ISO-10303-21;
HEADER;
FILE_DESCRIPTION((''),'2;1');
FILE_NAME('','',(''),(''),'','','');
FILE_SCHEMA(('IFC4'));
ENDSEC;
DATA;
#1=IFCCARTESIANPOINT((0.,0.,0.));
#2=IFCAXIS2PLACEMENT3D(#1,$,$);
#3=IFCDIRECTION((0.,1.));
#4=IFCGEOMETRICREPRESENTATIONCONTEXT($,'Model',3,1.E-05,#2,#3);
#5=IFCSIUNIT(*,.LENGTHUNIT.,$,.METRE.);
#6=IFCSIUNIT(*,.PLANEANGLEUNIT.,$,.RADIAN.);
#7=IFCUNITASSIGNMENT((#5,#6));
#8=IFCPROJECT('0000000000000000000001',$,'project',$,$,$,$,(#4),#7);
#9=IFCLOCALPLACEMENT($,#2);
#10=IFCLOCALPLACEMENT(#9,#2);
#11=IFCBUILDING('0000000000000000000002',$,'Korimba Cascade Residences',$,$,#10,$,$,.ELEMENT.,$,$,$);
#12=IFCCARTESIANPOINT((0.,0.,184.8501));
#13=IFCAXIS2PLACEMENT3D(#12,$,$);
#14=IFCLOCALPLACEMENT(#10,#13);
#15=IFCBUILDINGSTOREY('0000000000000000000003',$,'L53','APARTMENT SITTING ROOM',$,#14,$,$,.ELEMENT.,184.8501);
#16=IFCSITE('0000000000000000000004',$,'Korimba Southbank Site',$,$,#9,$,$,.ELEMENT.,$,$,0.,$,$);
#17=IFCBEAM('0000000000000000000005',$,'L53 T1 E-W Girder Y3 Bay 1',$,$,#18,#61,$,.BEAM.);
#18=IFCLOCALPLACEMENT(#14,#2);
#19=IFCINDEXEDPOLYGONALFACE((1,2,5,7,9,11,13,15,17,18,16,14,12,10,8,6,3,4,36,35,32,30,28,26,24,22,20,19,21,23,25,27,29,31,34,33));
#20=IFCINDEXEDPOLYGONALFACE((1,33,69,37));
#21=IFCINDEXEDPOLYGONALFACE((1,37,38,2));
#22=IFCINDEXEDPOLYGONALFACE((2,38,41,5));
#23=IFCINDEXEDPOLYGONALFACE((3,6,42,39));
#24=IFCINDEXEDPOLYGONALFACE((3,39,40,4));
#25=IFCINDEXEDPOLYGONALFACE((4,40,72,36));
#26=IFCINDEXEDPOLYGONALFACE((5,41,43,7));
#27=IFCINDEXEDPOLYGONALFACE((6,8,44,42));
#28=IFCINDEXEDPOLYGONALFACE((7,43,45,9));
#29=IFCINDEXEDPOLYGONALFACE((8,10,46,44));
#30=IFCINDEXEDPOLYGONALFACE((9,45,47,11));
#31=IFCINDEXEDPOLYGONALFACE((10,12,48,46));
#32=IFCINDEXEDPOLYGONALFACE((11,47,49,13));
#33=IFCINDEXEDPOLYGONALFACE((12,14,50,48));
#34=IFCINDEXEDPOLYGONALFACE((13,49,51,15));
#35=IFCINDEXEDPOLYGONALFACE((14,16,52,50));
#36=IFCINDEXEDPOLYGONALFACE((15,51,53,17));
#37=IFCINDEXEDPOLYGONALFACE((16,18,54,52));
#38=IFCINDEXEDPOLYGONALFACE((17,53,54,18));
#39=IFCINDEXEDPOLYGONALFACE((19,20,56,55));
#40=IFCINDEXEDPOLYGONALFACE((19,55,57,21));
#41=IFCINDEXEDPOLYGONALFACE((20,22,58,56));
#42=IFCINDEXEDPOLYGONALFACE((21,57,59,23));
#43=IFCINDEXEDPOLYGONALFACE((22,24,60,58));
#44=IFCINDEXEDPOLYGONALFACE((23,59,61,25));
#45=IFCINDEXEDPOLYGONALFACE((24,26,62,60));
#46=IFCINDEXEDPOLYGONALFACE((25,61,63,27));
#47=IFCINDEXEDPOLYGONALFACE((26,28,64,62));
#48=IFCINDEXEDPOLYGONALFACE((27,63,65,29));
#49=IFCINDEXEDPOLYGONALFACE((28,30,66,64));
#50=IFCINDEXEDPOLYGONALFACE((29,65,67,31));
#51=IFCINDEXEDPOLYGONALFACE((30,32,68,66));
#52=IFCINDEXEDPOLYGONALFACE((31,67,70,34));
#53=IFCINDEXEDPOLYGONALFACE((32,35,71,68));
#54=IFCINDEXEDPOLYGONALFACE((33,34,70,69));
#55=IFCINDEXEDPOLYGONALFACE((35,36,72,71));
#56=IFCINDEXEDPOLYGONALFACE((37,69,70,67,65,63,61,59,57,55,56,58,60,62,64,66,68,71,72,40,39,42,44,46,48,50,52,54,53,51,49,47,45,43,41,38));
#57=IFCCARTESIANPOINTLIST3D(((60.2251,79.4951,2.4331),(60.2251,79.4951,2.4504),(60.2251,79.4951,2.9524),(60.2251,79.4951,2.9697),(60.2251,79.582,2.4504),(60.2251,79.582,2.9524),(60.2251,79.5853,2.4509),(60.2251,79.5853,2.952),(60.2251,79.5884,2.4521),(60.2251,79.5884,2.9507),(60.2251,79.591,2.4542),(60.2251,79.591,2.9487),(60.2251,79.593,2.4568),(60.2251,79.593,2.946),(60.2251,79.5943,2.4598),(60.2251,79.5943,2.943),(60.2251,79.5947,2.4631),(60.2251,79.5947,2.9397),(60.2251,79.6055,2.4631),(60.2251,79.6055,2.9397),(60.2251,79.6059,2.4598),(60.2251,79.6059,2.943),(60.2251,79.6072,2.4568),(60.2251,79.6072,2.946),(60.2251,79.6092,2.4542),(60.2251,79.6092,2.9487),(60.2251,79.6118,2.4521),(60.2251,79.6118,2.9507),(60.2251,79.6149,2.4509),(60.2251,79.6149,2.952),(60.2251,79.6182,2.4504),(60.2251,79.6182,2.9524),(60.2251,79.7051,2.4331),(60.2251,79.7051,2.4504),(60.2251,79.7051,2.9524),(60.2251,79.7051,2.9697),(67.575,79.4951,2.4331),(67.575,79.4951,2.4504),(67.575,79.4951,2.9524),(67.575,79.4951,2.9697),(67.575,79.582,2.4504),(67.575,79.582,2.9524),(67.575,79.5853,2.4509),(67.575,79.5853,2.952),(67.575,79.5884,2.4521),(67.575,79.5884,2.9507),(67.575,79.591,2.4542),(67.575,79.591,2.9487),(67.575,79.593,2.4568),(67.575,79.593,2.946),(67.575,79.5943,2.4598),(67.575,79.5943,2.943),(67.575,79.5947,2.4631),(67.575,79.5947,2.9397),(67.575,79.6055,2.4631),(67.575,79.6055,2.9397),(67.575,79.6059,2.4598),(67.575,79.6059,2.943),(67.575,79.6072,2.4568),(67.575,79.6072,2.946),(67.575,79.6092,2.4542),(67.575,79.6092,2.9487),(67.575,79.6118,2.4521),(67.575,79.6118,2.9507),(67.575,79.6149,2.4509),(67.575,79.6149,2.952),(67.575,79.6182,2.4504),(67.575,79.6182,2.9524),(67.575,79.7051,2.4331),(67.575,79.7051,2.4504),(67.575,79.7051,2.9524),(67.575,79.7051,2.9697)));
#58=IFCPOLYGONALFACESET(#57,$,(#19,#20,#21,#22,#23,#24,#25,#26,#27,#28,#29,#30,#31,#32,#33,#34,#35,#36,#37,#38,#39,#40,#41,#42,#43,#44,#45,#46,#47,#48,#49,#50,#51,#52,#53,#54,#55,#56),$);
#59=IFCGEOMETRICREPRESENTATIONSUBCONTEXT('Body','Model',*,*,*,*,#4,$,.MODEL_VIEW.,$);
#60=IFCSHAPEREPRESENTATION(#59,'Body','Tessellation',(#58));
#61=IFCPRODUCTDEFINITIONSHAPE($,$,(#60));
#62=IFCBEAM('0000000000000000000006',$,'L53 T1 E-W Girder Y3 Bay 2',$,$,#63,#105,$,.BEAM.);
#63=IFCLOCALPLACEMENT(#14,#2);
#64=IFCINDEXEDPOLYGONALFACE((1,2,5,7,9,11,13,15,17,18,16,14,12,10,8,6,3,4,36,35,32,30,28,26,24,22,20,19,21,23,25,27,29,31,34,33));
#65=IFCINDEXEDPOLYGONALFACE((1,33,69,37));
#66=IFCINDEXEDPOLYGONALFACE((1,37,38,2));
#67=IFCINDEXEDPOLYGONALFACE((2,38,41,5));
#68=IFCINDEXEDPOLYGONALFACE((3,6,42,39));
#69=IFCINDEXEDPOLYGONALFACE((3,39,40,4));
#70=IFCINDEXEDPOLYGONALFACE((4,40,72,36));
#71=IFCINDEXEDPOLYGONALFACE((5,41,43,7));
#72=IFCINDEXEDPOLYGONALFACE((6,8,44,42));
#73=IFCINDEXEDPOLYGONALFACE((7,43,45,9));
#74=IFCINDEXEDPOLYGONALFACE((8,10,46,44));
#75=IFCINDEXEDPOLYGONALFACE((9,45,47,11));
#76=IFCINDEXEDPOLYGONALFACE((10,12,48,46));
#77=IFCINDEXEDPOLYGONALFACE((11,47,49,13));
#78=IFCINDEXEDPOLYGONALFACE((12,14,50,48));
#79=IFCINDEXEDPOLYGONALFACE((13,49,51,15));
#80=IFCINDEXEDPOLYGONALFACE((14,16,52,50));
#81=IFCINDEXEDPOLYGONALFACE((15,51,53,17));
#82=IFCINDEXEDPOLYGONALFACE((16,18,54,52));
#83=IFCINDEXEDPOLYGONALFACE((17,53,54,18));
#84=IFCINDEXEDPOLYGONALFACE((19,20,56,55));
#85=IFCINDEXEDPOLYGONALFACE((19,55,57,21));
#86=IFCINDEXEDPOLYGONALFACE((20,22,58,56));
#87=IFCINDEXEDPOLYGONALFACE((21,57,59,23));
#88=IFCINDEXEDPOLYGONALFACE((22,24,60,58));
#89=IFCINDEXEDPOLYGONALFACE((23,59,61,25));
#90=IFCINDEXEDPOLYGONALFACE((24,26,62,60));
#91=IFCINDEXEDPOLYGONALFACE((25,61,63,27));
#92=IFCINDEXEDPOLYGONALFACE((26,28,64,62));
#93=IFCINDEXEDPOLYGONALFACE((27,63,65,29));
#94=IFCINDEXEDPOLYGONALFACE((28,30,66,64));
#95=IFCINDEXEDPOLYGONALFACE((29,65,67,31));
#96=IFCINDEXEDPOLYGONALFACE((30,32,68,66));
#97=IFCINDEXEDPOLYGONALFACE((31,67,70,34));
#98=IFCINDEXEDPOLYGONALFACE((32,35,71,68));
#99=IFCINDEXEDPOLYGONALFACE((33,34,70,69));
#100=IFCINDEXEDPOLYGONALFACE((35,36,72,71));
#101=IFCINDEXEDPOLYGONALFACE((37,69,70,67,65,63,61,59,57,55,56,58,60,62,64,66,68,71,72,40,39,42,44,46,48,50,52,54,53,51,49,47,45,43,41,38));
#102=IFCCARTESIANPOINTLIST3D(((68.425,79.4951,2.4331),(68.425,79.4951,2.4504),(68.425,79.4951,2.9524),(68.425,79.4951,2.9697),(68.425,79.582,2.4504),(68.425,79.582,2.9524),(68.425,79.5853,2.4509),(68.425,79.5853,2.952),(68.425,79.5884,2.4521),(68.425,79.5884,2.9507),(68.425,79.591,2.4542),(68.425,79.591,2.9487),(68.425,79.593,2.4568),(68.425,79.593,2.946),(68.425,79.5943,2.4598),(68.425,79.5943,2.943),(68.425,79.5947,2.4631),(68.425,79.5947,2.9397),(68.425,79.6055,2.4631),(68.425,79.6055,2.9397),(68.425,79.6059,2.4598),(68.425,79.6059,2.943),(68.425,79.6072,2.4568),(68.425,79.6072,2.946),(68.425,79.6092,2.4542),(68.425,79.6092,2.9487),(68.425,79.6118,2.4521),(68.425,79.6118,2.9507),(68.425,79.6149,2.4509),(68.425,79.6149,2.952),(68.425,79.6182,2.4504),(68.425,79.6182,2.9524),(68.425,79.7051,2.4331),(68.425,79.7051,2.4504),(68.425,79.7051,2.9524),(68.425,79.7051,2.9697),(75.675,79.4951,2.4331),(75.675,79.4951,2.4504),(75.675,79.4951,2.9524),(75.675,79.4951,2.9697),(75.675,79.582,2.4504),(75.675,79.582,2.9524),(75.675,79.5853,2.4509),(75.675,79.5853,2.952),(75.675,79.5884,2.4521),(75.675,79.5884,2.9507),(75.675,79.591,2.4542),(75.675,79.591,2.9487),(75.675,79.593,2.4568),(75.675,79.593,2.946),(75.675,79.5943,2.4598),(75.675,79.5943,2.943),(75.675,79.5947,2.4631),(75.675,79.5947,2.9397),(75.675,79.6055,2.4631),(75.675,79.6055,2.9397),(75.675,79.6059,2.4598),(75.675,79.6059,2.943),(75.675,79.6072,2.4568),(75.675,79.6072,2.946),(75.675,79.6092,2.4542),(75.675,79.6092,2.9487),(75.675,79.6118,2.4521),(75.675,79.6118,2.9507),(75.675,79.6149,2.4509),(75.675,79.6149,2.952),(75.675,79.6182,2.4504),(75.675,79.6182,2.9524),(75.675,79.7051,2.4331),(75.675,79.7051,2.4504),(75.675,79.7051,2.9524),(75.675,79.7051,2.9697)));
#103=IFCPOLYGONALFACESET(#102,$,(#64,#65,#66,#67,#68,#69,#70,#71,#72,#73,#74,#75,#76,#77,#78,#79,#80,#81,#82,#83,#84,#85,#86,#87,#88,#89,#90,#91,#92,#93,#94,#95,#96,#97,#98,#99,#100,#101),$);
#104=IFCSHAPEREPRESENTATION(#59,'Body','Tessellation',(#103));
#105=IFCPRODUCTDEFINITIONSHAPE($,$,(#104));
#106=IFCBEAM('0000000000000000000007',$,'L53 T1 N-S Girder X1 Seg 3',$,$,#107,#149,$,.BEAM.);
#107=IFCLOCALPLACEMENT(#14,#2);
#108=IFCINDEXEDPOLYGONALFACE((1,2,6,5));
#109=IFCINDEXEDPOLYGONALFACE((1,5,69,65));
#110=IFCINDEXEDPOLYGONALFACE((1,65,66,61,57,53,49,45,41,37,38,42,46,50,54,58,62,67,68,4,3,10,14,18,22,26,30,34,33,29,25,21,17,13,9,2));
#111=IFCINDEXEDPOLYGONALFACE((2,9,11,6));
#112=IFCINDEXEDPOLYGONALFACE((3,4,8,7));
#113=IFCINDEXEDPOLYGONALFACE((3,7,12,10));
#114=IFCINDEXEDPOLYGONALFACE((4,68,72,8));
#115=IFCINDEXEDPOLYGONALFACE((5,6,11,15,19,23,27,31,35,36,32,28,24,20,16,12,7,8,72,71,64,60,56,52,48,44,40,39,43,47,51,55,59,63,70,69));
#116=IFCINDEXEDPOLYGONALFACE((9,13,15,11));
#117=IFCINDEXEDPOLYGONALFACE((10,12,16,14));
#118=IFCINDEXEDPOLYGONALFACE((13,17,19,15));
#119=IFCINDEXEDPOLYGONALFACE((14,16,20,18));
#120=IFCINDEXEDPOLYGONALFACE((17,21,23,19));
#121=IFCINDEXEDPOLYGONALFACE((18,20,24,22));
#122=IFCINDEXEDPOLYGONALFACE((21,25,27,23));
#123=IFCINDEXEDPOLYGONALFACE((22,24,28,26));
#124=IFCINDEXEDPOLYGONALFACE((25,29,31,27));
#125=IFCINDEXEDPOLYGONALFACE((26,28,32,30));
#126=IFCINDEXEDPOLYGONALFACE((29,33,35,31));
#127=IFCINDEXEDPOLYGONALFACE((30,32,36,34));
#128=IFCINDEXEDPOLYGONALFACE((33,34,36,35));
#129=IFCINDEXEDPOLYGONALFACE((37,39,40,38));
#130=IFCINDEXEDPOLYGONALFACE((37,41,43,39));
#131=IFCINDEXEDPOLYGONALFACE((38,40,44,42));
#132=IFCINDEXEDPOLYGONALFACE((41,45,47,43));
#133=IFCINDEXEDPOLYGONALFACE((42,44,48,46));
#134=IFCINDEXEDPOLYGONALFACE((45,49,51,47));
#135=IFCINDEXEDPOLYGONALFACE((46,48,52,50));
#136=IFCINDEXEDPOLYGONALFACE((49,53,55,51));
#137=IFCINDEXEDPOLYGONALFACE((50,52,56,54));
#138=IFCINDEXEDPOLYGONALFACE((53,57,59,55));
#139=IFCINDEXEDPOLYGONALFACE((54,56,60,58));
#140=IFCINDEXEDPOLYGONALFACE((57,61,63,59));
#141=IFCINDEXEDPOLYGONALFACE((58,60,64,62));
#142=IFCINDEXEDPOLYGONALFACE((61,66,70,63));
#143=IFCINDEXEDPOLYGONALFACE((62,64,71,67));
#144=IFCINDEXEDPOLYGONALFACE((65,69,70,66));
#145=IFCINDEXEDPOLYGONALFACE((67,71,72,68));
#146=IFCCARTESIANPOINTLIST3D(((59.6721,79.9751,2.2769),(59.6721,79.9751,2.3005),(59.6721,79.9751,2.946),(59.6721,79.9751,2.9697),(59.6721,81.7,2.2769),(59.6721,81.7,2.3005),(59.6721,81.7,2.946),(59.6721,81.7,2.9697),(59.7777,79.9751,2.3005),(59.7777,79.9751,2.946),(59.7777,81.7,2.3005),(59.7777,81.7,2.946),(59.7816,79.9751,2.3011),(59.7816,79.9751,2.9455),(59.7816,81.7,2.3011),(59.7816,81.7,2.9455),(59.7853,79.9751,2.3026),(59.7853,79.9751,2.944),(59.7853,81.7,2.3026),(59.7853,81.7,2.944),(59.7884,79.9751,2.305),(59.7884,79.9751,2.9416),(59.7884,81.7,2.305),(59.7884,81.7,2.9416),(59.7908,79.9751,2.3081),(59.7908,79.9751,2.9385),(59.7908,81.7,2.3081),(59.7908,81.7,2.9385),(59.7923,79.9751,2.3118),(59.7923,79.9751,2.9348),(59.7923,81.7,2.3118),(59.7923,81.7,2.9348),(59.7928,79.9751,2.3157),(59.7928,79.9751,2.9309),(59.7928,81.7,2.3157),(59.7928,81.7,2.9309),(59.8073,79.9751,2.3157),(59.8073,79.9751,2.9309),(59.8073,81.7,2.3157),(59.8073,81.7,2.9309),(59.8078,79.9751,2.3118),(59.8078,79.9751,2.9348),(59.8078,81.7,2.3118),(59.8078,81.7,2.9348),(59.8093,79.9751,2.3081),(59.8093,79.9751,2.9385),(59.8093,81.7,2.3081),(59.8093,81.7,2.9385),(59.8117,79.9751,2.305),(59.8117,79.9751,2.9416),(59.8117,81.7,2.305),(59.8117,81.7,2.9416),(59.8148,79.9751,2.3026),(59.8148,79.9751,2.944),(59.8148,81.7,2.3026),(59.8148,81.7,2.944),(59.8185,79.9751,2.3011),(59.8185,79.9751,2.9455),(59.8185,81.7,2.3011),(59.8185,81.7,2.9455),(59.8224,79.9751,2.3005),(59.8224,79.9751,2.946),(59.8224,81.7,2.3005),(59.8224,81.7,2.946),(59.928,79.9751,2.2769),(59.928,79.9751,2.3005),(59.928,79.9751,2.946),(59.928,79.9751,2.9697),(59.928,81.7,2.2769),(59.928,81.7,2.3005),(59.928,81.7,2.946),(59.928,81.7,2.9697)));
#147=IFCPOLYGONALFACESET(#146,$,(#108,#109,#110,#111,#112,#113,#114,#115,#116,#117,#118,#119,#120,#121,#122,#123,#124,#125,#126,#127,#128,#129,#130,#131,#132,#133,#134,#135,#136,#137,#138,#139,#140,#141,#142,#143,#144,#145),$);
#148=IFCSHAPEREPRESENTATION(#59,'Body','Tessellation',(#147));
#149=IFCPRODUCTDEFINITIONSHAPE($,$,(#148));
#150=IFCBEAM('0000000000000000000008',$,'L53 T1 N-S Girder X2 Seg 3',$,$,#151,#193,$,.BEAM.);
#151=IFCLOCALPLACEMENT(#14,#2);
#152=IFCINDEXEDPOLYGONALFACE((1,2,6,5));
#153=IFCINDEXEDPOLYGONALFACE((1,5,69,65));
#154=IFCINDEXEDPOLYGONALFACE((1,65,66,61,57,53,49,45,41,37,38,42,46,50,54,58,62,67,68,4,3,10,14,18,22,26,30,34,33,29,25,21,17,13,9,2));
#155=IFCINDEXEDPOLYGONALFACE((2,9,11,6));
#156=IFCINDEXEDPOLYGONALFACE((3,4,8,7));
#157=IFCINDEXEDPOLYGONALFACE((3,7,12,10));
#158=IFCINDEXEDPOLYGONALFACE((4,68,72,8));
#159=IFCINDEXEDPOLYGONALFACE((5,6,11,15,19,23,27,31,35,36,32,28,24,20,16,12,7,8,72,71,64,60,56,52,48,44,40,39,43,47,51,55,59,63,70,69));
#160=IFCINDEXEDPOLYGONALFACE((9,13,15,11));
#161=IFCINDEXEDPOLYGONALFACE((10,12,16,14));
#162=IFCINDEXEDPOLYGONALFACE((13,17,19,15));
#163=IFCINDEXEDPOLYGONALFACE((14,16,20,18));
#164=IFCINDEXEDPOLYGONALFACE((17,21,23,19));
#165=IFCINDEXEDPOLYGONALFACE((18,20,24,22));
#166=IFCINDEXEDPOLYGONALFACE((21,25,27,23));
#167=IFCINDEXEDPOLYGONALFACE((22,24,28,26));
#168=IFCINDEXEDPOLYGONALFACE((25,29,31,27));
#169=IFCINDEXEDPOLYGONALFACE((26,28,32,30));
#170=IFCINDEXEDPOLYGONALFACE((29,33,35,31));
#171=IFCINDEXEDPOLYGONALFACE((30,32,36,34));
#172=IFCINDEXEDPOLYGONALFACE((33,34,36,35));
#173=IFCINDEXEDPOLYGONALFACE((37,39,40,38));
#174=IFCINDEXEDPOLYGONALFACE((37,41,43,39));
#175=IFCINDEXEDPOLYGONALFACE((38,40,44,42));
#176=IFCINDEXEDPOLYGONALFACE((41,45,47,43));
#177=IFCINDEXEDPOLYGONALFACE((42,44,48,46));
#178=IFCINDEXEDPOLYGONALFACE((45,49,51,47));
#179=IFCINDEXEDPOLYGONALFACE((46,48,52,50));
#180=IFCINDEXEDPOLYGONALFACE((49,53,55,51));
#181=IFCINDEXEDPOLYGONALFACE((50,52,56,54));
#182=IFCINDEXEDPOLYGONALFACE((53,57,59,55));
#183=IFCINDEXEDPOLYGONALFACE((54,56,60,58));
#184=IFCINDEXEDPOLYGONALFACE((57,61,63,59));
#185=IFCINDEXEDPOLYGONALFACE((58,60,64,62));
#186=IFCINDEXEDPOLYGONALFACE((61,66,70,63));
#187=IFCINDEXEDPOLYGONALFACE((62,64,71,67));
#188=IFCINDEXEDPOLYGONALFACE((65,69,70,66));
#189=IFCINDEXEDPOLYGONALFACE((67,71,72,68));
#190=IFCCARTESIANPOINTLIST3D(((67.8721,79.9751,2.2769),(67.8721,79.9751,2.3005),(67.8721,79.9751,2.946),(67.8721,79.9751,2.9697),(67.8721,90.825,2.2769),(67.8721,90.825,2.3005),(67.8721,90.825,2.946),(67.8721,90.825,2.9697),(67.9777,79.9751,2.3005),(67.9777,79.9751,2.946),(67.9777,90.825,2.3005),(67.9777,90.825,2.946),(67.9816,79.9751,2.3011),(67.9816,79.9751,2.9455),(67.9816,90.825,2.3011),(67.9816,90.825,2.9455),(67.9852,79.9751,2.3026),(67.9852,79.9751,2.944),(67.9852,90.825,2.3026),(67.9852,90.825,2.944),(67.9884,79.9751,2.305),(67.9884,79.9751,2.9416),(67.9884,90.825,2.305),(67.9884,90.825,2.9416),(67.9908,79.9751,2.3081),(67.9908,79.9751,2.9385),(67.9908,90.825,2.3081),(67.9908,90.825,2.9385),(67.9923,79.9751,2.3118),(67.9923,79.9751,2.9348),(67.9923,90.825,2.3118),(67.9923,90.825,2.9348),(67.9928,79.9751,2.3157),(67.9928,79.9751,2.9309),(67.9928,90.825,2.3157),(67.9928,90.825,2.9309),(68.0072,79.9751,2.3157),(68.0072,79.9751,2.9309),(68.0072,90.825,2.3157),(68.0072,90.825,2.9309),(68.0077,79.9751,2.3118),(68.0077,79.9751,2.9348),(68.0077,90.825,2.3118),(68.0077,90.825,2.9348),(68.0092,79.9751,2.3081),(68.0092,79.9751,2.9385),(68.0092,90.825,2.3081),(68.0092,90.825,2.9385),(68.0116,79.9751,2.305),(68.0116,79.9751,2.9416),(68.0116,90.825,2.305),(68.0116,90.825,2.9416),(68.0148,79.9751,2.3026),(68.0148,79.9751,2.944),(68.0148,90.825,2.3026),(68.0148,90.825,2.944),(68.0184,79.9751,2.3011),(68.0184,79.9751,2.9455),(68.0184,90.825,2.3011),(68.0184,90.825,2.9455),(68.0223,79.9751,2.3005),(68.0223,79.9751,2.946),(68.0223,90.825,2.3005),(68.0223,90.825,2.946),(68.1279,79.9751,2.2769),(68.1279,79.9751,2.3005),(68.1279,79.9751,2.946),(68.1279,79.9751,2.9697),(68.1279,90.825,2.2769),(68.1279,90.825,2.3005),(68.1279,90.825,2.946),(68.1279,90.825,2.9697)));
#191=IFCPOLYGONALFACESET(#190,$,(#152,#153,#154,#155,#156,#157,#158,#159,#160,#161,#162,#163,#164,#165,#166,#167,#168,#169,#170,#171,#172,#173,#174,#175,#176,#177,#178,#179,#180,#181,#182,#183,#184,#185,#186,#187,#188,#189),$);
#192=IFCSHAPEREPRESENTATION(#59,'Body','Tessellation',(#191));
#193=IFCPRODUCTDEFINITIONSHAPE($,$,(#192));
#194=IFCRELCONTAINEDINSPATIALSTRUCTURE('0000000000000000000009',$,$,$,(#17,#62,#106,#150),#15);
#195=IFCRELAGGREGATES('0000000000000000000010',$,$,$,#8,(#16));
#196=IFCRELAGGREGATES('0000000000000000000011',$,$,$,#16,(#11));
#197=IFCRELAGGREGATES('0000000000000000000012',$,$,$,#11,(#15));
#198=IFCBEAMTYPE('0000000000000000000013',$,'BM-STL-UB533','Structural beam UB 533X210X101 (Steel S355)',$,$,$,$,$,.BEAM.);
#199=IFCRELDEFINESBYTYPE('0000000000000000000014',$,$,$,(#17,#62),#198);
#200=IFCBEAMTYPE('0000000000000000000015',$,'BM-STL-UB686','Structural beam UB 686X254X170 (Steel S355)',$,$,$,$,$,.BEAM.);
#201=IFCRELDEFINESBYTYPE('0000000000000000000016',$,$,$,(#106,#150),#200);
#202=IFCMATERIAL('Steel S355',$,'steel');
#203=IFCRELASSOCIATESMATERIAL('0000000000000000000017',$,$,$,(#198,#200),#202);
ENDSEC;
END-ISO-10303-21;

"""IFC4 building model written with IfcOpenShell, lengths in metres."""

from ifc_helpers import new_model, si_unit, direction, frame, origin, origin_2d, place, context, subcontext, project, spatial, i_section, extrude, material, material_profile, profile_set, type_object, element, save


model = new_model("IFC4")

# Units and contexts
model_context = context("Model", 3, precision=1e-05, world=origin(), true_north=direction((0.0, 1.0)))
body_context = subcontext(model_context, "Body", "Model", "MODEL_VIEW")
ifc_project = project(units=[si_unit("LENGTHUNIT", "METRE"), si_unit("PLANEANGLEUNIT", "RADIAN")], contexts=[model_context])

# Site, building, storey
site_placement = place(None, origin())
site = spatial("IfcSite", under=ifc_project, at=site_placement, Name="Korimba Southbank Site", CompositionType="ELEMENT", RefElevation=0.0)
building_placement = place(site_placement, origin())
building = spatial("IfcBuilding", under=site, at=building_placement, Name="Korimba Cascade Residences", CompositionType="ELEMENT")
storey_placement = place(building_placement, frame((0.0, 0.0, 184.8501)))
storey = spatial("IfcBuildingStorey", under=building, at=storey_placement, Name="L53", Description="APARTMENT SITTING ROOM", CompositionType="ELEMENT", Elevation=184.8501)

# Beams
ifc_material_1 = material(Name="Steel S355", Category="steel")
ifc_material_profile_1 = material_profile(ifc_material_1, i_section(OverallWidth=0.21, OverallDepth=0.5366, WebThickness=0.0107, FlangeThickness=0.0173, FilletRadius=0.0127, at=origin_2d()), Name="Steel S355")
ifc_profile_set_1 = profile_set([ifc_material_profile_1], Name="Steel S355")
beam_type_1 = type_object("IfcBeamType", Name="BM-STL-UB533", Description="Structural beam UB 533X210X101 (Steel S355)", PredefinedType="BEAM", material=ifc_profile_set_1)
beam_1_placement = place(storey_placement, frame((60.2251, 79.6001, 2.7014), z_axis=(1.0, 0.0, 0.0), x_axis=(0.0, 1.0, 0.0)))
element("IfcBeam", 1, at=beam_1_placement, inside=storey, type_object=beam_type_1, Name="L53 T1 E-W Girder Y3 Bay 1", PredefinedType="BEAM", context=body_context, shape_type="SweptSolid", body=[
    extrude(i_section(OverallWidth=0.21, OverallDepth=0.5366, WebThickness=0.0107, FlangeThickness=0.0173, FilletRadius=0.0127, at=origin_2d()), origin(), (0.0, 0.0, 1.0), 7.3499),
])
beam_2_placement = place(storey_placement, frame((68.425, 79.6001, 2.7014), z_axis=(1.0, 0.0, 0.0), x_axis=(0.0, 1.0, 0.0)))
element("IfcBeam", 2, at=beam_2_placement, inside=storey, type_object=beam_type_1, Name="L53 T1 E-W Girder Y3 Bay 2", PredefinedType="BEAM", context=body_context, shape_type="SweptSolid", body=[
    extrude(i_section(OverallWidth=0.21, OverallDepth=0.5366, WebThickness=0.0107, FlangeThickness=0.0173, FilletRadius=0.0127, at=origin_2d()), origin(), (0.0, 0.0, 1.0), 7.25),
])
ifc_material_profile_2 = material_profile(ifc_material_1, i_section(OverallWidth=0.2559, OverallDepth=0.6929, WebThickness=0.0144, FlangeThickness=0.0237, FilletRadius=0.0151, at=origin_2d()), Name="Steel S355")
ifc_profile_set_2 = profile_set([ifc_material_profile_2], Name="Steel S355")
beam_type_2 = type_object("IfcBeamType", Name="BM-STL-UB686", Description="Structural beam UB 686X254X170 (Steel S355)", PredefinedType="BEAM", material=ifc_profile_set_2)
beam_3_placement = place(storey_placement, frame((59.8, 79.9751, 2.6233), z_axis=(0.0, 1.0, 0.0), x_axis=(-1.0, 0.0, 0.0)))
element("IfcBeam", 3, at=beam_3_placement, inside=storey, type_object=beam_type_2, Name="L53 T1 N-S Girder X1 Seg 3", PredefinedType="BEAM", context=body_context, shape_type="SweptSolid", body=[
    extrude(i_section(OverallWidth=0.2559, OverallDepth=0.6929, WebThickness=0.0144, FlangeThickness=0.0237, FilletRadius=0.0151, at=origin_2d()), origin(), (0.0, 0.0, 1.0), 1.7249),
])
for number, where, z_axis, x_axis, name in (
    (4, (68.0, 79.9751, 2.6233), (0.0, 1.0, 0.0), (-1.0, 0.0, 0.0), "L53 T1 N-S Girder X2 Seg 3"),
):
    element("IfcBeam", number, at=place(storey_placement, frame(where, z_axis=z_axis, x_axis=x_axis)), inside=storey, type_object=beam_type_2, Name=name, PredefinedType="BEAM", context=body_context, shape_type="SweptSolid", body=[
        extrude(i_section(OverallWidth=0.2559, OverallDepth=0.6929, WebThickness=0.0144, FlangeThickness=0.0237, FilletRadius=0.0151, at=origin_2d()), origin(), (0.0, 0.0, 1.0), 10.8499),
    ])

save(model, "model.ifc")
